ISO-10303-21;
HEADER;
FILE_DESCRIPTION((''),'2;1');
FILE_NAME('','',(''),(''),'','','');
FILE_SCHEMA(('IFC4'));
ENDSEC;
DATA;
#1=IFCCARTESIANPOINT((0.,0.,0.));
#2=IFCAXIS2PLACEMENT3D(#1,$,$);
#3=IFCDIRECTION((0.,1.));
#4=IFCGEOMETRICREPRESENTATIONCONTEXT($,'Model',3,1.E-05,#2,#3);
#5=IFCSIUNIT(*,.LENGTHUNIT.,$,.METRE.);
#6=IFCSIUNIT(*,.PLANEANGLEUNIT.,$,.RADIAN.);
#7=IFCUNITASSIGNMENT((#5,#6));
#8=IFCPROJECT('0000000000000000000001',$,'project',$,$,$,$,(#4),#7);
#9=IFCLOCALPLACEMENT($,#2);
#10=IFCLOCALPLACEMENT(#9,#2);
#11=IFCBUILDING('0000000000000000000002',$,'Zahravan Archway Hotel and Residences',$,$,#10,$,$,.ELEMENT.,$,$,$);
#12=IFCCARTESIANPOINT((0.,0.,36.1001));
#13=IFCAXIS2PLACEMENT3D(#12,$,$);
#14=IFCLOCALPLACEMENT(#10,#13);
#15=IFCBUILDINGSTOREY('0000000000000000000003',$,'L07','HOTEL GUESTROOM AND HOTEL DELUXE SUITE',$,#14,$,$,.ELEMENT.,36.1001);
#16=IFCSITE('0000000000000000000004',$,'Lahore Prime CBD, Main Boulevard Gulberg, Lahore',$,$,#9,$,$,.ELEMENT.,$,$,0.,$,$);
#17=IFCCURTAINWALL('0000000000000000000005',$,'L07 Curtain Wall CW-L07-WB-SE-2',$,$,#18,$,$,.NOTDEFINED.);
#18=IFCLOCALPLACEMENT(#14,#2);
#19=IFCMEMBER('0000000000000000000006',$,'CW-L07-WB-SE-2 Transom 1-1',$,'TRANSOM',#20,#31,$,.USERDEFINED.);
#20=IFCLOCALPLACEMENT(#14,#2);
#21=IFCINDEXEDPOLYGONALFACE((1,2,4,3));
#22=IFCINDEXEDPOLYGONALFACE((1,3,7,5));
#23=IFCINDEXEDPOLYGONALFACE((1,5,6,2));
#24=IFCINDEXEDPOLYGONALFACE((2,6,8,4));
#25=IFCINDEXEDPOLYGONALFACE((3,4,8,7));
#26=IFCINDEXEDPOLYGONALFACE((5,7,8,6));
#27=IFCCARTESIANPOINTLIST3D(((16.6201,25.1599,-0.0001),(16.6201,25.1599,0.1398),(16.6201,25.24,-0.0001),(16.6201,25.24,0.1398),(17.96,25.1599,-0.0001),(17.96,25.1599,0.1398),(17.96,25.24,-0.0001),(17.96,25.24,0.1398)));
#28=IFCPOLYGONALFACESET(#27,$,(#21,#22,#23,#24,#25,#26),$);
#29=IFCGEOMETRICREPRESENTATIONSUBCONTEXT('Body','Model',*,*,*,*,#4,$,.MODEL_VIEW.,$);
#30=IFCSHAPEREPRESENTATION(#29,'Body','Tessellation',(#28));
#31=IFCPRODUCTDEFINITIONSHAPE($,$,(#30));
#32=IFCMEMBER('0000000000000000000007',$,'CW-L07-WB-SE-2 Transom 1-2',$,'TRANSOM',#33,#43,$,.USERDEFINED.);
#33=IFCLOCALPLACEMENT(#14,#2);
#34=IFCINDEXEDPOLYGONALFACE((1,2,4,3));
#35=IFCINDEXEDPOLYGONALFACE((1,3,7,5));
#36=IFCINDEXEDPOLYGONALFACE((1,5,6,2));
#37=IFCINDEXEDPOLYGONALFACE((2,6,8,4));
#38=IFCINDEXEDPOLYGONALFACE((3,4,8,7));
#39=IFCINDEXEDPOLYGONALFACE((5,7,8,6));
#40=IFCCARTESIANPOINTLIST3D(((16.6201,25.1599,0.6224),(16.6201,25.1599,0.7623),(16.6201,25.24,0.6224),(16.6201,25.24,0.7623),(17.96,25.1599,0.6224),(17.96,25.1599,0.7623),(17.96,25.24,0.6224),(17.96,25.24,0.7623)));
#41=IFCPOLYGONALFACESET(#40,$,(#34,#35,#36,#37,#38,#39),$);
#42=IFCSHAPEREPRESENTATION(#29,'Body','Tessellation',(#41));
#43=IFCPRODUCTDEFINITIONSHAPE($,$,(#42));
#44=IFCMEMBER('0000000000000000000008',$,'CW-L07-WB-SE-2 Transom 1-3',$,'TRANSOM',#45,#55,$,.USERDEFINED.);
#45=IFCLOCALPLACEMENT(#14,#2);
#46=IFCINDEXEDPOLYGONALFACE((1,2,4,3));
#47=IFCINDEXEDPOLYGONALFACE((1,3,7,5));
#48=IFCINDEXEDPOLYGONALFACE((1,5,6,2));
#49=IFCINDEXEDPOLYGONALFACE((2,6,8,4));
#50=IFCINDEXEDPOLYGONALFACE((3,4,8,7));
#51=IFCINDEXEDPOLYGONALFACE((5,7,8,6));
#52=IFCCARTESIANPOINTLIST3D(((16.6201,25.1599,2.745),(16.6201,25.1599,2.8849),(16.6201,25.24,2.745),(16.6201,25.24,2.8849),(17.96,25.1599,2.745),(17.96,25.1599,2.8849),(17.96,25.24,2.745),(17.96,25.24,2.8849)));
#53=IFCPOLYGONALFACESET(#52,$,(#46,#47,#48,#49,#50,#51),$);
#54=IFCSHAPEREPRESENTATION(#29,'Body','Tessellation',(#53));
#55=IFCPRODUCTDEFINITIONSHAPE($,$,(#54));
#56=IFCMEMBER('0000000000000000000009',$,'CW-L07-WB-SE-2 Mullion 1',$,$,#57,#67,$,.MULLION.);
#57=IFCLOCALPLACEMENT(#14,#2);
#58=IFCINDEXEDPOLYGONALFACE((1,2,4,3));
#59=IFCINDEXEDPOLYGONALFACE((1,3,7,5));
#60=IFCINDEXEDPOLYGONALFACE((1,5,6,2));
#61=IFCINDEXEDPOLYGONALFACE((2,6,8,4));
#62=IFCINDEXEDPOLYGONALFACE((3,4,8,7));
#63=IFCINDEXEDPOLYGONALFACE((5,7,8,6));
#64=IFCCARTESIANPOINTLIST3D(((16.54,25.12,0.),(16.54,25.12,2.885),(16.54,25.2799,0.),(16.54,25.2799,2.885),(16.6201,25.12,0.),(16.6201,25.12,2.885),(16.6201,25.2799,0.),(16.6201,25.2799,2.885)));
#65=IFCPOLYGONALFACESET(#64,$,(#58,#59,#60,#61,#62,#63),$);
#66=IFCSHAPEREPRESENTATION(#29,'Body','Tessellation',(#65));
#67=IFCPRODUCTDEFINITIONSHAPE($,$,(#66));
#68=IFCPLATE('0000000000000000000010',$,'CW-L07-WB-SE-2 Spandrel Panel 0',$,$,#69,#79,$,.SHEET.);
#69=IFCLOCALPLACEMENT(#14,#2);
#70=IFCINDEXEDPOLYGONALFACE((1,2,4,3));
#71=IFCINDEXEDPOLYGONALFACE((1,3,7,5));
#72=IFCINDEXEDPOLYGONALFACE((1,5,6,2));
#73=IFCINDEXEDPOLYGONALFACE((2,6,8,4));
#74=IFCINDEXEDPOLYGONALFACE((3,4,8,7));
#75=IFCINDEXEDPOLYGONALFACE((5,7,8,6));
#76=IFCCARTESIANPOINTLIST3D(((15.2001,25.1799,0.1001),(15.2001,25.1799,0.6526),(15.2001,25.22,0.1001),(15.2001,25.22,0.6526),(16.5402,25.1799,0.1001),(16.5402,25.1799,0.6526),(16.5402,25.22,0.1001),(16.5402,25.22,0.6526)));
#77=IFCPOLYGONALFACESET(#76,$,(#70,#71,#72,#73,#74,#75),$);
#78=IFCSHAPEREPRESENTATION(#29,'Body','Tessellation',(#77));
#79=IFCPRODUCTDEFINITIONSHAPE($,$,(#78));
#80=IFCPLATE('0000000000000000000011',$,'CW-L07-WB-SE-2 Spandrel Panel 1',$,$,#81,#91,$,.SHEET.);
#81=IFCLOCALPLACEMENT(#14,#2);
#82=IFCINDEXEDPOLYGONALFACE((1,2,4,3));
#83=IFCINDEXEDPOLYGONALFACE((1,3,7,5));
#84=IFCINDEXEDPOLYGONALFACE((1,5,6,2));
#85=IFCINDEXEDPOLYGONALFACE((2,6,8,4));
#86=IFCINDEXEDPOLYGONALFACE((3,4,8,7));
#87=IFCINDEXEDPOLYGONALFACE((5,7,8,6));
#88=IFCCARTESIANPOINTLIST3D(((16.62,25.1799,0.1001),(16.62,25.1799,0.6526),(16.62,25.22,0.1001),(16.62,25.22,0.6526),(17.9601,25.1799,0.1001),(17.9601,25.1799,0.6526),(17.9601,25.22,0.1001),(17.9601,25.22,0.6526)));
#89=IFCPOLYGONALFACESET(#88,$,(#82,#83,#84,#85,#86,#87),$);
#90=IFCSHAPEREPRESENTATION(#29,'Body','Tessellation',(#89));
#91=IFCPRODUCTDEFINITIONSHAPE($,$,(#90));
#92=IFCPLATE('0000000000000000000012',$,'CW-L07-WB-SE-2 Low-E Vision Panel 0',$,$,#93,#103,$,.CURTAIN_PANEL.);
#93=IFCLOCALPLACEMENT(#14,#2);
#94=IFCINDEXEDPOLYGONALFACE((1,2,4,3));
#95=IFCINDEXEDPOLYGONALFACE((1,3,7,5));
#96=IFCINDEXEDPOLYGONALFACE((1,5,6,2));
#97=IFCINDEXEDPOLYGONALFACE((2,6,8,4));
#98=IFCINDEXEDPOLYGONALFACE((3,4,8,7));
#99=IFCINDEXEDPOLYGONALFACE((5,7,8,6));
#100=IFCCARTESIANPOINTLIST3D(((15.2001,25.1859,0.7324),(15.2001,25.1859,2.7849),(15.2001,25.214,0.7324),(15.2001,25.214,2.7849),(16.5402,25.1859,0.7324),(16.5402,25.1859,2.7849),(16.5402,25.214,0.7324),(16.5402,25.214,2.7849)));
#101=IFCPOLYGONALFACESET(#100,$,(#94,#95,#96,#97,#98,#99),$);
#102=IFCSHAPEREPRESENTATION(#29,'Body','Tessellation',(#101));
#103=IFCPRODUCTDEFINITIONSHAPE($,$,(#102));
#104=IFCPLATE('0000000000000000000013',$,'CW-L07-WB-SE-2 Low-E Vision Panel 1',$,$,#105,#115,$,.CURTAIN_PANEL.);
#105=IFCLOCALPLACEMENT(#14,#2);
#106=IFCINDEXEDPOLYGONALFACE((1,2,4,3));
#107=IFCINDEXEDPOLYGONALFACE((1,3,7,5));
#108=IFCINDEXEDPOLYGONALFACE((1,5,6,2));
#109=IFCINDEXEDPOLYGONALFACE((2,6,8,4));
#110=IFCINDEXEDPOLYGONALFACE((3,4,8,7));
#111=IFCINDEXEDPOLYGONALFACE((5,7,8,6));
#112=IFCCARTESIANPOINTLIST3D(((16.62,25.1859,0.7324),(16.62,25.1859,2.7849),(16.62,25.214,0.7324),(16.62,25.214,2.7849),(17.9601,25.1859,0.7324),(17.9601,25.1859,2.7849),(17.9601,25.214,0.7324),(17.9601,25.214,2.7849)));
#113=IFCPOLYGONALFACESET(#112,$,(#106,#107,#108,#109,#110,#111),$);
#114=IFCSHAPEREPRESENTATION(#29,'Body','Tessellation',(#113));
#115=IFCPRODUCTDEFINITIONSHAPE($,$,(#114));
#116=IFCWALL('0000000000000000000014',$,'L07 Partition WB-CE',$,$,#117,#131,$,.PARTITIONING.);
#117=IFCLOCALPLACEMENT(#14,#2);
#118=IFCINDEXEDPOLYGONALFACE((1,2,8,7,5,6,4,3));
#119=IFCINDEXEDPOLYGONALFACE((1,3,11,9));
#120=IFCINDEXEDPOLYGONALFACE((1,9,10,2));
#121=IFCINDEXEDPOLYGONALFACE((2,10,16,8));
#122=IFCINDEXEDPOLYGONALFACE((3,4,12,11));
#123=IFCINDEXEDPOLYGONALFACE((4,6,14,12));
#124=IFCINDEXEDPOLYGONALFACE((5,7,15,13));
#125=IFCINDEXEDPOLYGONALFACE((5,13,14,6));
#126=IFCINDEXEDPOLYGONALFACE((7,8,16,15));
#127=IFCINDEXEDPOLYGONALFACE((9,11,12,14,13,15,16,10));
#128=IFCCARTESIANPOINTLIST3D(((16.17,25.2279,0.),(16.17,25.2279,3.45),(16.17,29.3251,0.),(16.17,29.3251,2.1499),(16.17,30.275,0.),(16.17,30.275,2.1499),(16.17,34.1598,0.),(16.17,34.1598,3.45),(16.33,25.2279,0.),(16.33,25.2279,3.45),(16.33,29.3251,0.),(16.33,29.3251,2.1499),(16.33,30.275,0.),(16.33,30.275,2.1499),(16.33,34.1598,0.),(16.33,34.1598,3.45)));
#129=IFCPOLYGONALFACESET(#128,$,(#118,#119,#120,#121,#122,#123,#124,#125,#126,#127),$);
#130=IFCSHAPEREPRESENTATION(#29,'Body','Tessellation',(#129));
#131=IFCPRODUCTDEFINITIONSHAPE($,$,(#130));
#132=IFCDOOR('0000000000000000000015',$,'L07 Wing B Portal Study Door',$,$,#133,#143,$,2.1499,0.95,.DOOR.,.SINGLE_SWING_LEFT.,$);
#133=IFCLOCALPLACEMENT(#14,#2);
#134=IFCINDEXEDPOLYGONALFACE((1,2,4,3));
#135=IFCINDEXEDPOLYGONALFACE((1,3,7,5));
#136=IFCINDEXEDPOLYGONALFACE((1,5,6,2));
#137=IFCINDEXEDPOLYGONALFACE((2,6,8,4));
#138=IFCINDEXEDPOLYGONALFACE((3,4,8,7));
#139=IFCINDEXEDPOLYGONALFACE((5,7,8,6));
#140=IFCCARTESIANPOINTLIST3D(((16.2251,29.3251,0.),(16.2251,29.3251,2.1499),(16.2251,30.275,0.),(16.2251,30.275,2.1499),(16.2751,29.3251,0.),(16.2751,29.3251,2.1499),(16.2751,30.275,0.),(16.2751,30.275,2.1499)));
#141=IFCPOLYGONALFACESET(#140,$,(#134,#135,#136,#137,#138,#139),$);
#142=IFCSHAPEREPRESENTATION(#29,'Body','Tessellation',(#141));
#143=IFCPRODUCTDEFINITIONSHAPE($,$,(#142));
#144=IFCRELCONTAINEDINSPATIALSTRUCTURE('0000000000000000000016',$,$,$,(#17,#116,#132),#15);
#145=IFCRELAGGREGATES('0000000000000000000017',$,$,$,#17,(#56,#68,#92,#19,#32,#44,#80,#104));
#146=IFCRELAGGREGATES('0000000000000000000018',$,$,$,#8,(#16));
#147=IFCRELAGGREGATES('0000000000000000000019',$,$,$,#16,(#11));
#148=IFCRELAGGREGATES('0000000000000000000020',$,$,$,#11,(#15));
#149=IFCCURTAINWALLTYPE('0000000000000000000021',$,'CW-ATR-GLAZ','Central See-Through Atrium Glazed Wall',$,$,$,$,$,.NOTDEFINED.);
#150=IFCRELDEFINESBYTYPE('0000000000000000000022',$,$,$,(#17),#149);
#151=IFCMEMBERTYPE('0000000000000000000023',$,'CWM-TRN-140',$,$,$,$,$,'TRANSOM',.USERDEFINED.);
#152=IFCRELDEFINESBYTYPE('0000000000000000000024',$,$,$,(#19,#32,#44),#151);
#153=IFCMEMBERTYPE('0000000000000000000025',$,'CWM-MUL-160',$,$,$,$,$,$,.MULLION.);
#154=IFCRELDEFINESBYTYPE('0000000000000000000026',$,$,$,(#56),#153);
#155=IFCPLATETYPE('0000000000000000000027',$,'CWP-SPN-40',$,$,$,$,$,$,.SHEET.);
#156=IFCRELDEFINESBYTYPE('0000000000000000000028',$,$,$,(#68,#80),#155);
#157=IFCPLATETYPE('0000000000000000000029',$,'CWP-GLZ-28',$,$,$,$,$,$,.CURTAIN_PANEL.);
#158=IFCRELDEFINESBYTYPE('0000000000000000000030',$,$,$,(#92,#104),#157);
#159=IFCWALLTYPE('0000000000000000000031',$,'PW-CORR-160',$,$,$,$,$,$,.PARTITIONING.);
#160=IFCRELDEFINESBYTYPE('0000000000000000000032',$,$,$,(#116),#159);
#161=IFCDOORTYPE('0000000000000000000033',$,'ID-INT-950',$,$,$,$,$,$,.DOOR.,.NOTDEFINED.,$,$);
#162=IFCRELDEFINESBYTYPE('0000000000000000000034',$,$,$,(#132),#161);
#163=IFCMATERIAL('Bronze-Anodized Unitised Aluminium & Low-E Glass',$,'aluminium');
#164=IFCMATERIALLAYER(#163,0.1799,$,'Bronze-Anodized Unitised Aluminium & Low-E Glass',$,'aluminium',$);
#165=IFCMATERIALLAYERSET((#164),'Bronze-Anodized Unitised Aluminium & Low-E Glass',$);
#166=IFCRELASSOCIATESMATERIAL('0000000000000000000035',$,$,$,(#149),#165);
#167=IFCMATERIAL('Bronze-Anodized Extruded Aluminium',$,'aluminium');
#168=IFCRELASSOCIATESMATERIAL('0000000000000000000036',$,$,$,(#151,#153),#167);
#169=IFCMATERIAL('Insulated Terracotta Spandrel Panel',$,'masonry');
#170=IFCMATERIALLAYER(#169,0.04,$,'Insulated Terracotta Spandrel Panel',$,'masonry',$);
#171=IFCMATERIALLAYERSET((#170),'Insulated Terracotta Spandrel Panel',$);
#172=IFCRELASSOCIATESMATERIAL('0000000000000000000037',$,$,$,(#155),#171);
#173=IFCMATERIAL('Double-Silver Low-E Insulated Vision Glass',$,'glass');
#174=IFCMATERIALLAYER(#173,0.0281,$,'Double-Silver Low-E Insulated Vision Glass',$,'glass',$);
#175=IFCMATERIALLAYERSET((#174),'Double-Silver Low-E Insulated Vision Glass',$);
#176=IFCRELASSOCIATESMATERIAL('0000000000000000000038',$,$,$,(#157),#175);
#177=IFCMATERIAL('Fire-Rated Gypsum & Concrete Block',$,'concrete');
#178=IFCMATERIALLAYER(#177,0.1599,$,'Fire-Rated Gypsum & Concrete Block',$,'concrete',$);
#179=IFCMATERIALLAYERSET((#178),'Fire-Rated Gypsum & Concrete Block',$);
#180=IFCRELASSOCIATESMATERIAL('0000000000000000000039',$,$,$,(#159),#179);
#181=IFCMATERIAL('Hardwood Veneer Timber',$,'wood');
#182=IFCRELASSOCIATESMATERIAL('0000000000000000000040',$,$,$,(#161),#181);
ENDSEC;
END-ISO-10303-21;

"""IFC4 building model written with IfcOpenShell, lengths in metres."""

from ifc_helpers import new_model, si_unit, direction, frame, frame_2d, origin, origin_2d, place, context, subcontext, project, spatial, rectangle, extrude, source, transform, mapped, material, layer, layer_set, material_profile, profile_set, type_object, type_shapes, element, fill, aggregate, save


model = new_model("IFC4")

# Units and contexts
model_context = context("Model", 3, precision=1e-05, world=origin(), true_north=direction((0.0, 1.0)))
body_context = subcontext(model_context, "Body", "Model", "MODEL_VIEW")
ifc_project = project(units=[si_unit("LENGTHUNIT", "METRE"), si_unit("PLANEANGLEUNIT", "RADIAN")], contexts=[model_context])

# Site, building, storey
site_placement = place(None, origin())
site = spatial("IfcSite", under=ifc_project, at=site_placement, Name="Lahore Prime CBD, Main Boulevard Gulberg, Lahore", CompositionType="ELEMENT", RefElevation=0.0)
building_placement = place(site_placement, origin())
building = spatial("IfcBuilding", under=site, at=building_placement, Name="Zahravan Archway Hotel and Residences", CompositionType="ELEMENT")
storey_placement = place(building_placement, frame((0.0, 0.0, 36.1001)))
storey = spatial("IfcBuildingStorey", under=building, at=storey_placement, Name="L07", Description="HOTEL GUESTROOM AND HOTEL DELUXE SUITE", CompositionType="ELEMENT", Elevation=36.1001)

# Curtain wall, members, plates
ifc_material_1 = material(Name="Bronze-Anodized Unitised Aluminium & Low-E Glass", Category="aluminium")
ifc_layer_1 = layer(ifc_material_1, 0.1799, Name="Bronze-Anodized Unitised Aluminium & Low-E Glass", Category="aluminium")
ifc_layer_set_1 = layer_set([ifc_layer_1], Name="Bronze-Anodized Unitised Aluminium & Low-E Glass")
curtain_wall_type = type_object("IfcCurtainWallType", Name="CW-ATR-GLAZ", Description="Central See-Through Atrium Glazed Wall", PredefinedType="NOTDEFINED", material=ifc_layer_set_1)
curtain_wall_placement = place(storey_placement, origin())
curtain_wall = element("IfcCurtainWall", 1, at=curtain_wall_placement, inside=storey, type_object=curtain_wall_type, Name="L07 Curtain Wall CW-L07-WB-SE-2", PredefinedType="NOTDEFINED")
ifc_material_2 = material(Name="Bronze-Anodized Extruded Aluminium", Category="aluminium")
ifc_material_profile_1 = material_profile(ifc_material_2, rectangle(XDim=0.0801, YDim=0.1399, at=origin_2d()), Name="TRN 80x140", Category="aluminium")
ifc_profile_set_1 = profile_set([ifc_material_profile_1], Name="Bronze-Anodized Extruded Aluminium")
member_type_1 = type_object("IfcMemberType", Name="CWM-TRN-140", ElementType="TRANSOM", PredefinedType="USERDEFINED", material=ifc_profile_set_1)
shared_shape_1 = source(origin(), body_context, "Body", "SweptSolid", [
    extrude(rectangle(XDim=0.0801, YDim=0.1399, at=origin_2d()), origin(), (0.0, 0.0, 1.0), 1.3398),
])
member_1_placement = place(storey_placement, frame((16.6201, 25.2, 0.0698), z_axis=(1.0, 0.0, 0.0), x_axis=(0.0, 1.0, 0.0)))
member_1 = element("IfcMember", 2, at=member_1_placement, type_object=member_type_1, Name="CW-L07-WB-SE-2 Transom 1-1", ObjectType="TRANSOM", PredefinedType="USERDEFINED", context=body_context, shape_type="MappedRepresentation", body=[
    mapped(shared_shape_1, transform((0.0, 0.0, 0.0), scale=1.0)),
])
member_2_placement = place(storey_placement, frame((16.6201, 25.2, 0.6924), z_axis=(1.0, 0.0, 0.0), x_axis=(0.0, 1.0, 0.0)))
member_2 = element("IfcMember", 3, at=member_2_placement, type_object=member_type_1, Name="CW-L07-WB-SE-2 Transom 1-2", ObjectType="TRANSOM", PredefinedType="USERDEFINED", context=body_context, shape_type="MappedRepresentation", body=[
    mapped(shared_shape_1, transform((0.0, 0.0, 0.0), scale=1.0)),
])
member_3_placement = place(storey_placement, frame((16.6201, 25.2, 2.8149), z_axis=(1.0, 0.0, 0.0), x_axis=(0.0, 1.0, 0.0)))
member_3 = element("IfcMember", 4, at=member_3_placement, type_object=member_type_1, Name="CW-L07-WB-SE-2 Transom 1-3", ObjectType="TRANSOM", PredefinedType="USERDEFINED", context=body_context, shape_type="MappedRepresentation", body=[
    mapped(shared_shape_1, transform((0.0, 0.0, 0.0), scale=1.0)),
])
ifc_material_profile_2 = material_profile(ifc_material_2, rectangle(XDim=0.0801, YDim=0.1599, at=origin_2d()), Name="MUL 80x160", Category="aluminium")
ifc_profile_set_2 = profile_set([ifc_material_profile_2], Name="Bronze-Anodized Extruded Aluminium")
member_type_2 = type_object("IfcMemberType", Name="CWM-MUL-160", PredefinedType="MULLION", material=ifc_profile_set_2)
shared_shape_2 = source(origin(), body_context, "Body", "SweptSolid", [
    extrude(rectangle(XDim=0.0801, YDim=0.1599, at=origin_2d()), origin(), (0.0, 0.0, 1.0), 2.885),
])
member_4_placement = place(storey_placement, frame((16.5801, 25.2, 0.0), z_axis=(0.0, 0.0, 1.0), x_axis=(1.0, 0.0, 0.0)))
member_4 = element("IfcMember", 5, at=member_4_placement, type_object=member_type_2, Name="CW-L07-WB-SE-2 Mullion 1", PredefinedType="MULLION", context=body_context, shape_type="MappedRepresentation", body=[
    mapped(shared_shape_2, transform((0.0, 0.0, 0.0), scale=1.0)),
])
ifc_material_3 = material(Name="Insulated Terracotta Spandrel Panel", Category="masonry")
ifc_layer_2 = layer(ifc_material_3, 0.04, Name="Insulated Terracotta Spandrel Panel", Category="masonry")
ifc_layer_set_2 = layer_set([ifc_layer_2], Name="Insulated Terracotta Spandrel Panel")
plate_type_1 = type_object("IfcPlateType", Name="CWP-SPN-40", PredefinedType="SHEET", material=ifc_layer_set_2)
shared_shape_3 = source(origin(), body_context, "Body", "SweptSolid", [
    extrude(rectangle(XDim=1.3401, YDim=0.04, at=origin_2d()), origin(), (0.0, 0.0, 1.0), 0.5525),
])
plate_1_placement = place(storey_placement, frame((15.8701, 25.2, 0.1001), z_axis=(0.0, 0.0, 1.0), x_axis=(1.0, 0.0, 0.0)))
plate_1 = element("IfcPlate", 6, at=plate_1_placement, type_object=plate_type_1, Name="CW-L07-WB-SE-2 Spandrel Panel 0", PredefinedType="SHEET", context=body_context, shape_type="MappedRepresentation", body=[
    mapped(shared_shape_3, transform((0.0, 0.0, 0.0), scale=1.0)),
])
plate_2_placement = place(storey_placement, frame((17.29, 25.2, 0.1001), z_axis=(0.0, 0.0, 1.0), x_axis=(1.0, 0.0, 0.0)))
plate_2 = element("IfcPlate", 7, at=plate_2_placement, type_object=plate_type_1, Name="CW-L07-WB-SE-2 Spandrel Panel 1", PredefinedType="SHEET", context=body_context, shape_type="MappedRepresentation", body=[
    mapped(shared_shape_3, transform((0.0, 0.0, 0.0), scale=1.0)),
])
ifc_material_4 = material(Name="Double-Silver Low-E Insulated Vision Glass", Category="glass")
ifc_layer_3 = layer(ifc_material_4, 0.0281, Name="Double-Silver Low-E Insulated Vision Glass", Category="glass")
ifc_layer_set_3 = layer_set([ifc_layer_3], Name="Double-Silver Low-E Insulated Vision Glass")
plate_type_2 = type_object("IfcPlateType", Name="CWP-GLZ-28", PredefinedType="CURTAIN_PANEL", material=ifc_layer_set_3)
shared_shape_4 = source(origin(), body_context, "Body", "SweptSolid", [
    extrude(rectangle(XDim=1.3401, YDim=0.0281, at=origin_2d()), origin(), (0.0, 0.0, 1.0), 2.0525),
])
plate_3_placement = place(storey_placement, frame((15.8701, 25.2, 0.7324), z_axis=(0.0, 0.0, 1.0), x_axis=(1.0, 0.0, 0.0)))
plate_3 = element("IfcPlate", 8, at=plate_3_placement, type_object=plate_type_2, Name="CW-L07-WB-SE-2 Low-E Vision Panel 0", PredefinedType="CURTAIN_PANEL", context=body_context, shape_type="MappedRepresentation", body=[
    mapped(shared_shape_4, transform((0.0, 0.0, 0.0), scale=1.0)),
])
plate_4_placement = place(storey_placement, frame((17.29, 25.2, 0.7324), z_axis=(0.0, 0.0, 1.0), x_axis=(1.0, 0.0, 0.0)))
plate_4 = element("IfcPlate", 9, at=plate_4_placement, type_object=plate_type_2, Name="CW-L07-WB-SE-2 Low-E Vision Panel 1", PredefinedType="CURTAIN_PANEL", context=body_context, shape_type="MappedRepresentation", body=[
    mapped(shared_shape_4, transform((0.0, 0.0, 0.0), scale=1.0)),
])
aggregate(curtain_wall, [member_4, plate_1, plate_3, member_1, member_2, member_3, plate_2, plate_4])

# Wall, opening, door
ifc_material_5 = material(Name="Fire-Rated Gypsum & Concrete Block", Category="concrete")
ifc_layer_4 = layer(ifc_material_5, 0.1599, Name="Fire-Rated Gypsum & Concrete Block", Category="concrete")
ifc_layer_set_4 = layer_set([ifc_layer_4], Name="Fire-Rated Gypsum & Concrete Block")
wall_type = type_object("IfcWallType", Name="PW-CORR-160", PredefinedType="PARTITIONING", material=ifc_layer_set_4)
wall_placement = place(storey_placement, frame((16.25, 25.228, 0.0), z_axis=(0.0, 0.0, 1.0), x_axis=(0.0, 1.0, 0.0)))
wall = element("IfcWall", 10, at=wall_placement, inside=storey, type_object=wall_type, Name="L07 Partition WB-CE", PredefinedType="PARTITIONING", context=body_context, shape_type="SweptSolid", body=[
    extrude(rectangle(XDim=8.9319, YDim=0.1599, at=frame_2d((4.4658, 0.0))), origin(), (0.0, 0.0, 1.0), 3.45),
])
opening_placement = place(wall_placement, frame((4.0969, 0.0, 0.0)))
opening = element("IfcOpeningElement", 11, at=opening_placement, cuts=wall, PredefinedType="OPENING", context=body_context, shape_type="SweptSolid", body=[
    extrude(rectangle(XDim=0.95, YDim=2.1499, at=frame_2d((0.4751, 1.075))), frame((0.0, 0.0898, 0.0), z_axis=(0.0, -1.0, 0.0), x_axis=(1.0, 0.0, 0.0)), (0.0, 0.0, 1.0), 0.1799),
])
ifc_material_6 = material(Name="Hardwood Veneer Timber", Category="wood")
door_type = type_object("IfcDoorType", Name="ID-INT-950", OperationType="NOTDEFINED", PredefinedType="DOOR", material=ifc_material_6)
shared_shape_5 = source(origin(), body_context, "Body", "SweptSolid", [
    extrude(rectangle(XDim=0.95, YDim=2.1499, at=frame_2d((0.4751, 1.075))), frame((0.0, 0.0249, 0.0), z_axis=(0.0, -1.0, 0.0), x_axis=(1.0, 0.0, 0.0)), (0.0, 0.0, 1.0), 0.05),
])
type_shapes(door_type, [shared_shape_5])
door_placement = place(opening_placement, origin())
door = element("IfcDoor", 12, at=door_placement, inside=storey, type_object=door_type, Name="L07 Wing B Portal Study Door", OperationType="SINGLE_SWING_LEFT", OverallHeight=2.1499, OverallWidth=0.95, PredefinedType="DOOR", context=body_context, shape_type="MappedRepresentation", body=[
    mapped(shared_shape_5, transform((0.0, 0.0, 0.0), scale=1.0)),
])
fill(opening, door)

save(model, "model.ifc")
